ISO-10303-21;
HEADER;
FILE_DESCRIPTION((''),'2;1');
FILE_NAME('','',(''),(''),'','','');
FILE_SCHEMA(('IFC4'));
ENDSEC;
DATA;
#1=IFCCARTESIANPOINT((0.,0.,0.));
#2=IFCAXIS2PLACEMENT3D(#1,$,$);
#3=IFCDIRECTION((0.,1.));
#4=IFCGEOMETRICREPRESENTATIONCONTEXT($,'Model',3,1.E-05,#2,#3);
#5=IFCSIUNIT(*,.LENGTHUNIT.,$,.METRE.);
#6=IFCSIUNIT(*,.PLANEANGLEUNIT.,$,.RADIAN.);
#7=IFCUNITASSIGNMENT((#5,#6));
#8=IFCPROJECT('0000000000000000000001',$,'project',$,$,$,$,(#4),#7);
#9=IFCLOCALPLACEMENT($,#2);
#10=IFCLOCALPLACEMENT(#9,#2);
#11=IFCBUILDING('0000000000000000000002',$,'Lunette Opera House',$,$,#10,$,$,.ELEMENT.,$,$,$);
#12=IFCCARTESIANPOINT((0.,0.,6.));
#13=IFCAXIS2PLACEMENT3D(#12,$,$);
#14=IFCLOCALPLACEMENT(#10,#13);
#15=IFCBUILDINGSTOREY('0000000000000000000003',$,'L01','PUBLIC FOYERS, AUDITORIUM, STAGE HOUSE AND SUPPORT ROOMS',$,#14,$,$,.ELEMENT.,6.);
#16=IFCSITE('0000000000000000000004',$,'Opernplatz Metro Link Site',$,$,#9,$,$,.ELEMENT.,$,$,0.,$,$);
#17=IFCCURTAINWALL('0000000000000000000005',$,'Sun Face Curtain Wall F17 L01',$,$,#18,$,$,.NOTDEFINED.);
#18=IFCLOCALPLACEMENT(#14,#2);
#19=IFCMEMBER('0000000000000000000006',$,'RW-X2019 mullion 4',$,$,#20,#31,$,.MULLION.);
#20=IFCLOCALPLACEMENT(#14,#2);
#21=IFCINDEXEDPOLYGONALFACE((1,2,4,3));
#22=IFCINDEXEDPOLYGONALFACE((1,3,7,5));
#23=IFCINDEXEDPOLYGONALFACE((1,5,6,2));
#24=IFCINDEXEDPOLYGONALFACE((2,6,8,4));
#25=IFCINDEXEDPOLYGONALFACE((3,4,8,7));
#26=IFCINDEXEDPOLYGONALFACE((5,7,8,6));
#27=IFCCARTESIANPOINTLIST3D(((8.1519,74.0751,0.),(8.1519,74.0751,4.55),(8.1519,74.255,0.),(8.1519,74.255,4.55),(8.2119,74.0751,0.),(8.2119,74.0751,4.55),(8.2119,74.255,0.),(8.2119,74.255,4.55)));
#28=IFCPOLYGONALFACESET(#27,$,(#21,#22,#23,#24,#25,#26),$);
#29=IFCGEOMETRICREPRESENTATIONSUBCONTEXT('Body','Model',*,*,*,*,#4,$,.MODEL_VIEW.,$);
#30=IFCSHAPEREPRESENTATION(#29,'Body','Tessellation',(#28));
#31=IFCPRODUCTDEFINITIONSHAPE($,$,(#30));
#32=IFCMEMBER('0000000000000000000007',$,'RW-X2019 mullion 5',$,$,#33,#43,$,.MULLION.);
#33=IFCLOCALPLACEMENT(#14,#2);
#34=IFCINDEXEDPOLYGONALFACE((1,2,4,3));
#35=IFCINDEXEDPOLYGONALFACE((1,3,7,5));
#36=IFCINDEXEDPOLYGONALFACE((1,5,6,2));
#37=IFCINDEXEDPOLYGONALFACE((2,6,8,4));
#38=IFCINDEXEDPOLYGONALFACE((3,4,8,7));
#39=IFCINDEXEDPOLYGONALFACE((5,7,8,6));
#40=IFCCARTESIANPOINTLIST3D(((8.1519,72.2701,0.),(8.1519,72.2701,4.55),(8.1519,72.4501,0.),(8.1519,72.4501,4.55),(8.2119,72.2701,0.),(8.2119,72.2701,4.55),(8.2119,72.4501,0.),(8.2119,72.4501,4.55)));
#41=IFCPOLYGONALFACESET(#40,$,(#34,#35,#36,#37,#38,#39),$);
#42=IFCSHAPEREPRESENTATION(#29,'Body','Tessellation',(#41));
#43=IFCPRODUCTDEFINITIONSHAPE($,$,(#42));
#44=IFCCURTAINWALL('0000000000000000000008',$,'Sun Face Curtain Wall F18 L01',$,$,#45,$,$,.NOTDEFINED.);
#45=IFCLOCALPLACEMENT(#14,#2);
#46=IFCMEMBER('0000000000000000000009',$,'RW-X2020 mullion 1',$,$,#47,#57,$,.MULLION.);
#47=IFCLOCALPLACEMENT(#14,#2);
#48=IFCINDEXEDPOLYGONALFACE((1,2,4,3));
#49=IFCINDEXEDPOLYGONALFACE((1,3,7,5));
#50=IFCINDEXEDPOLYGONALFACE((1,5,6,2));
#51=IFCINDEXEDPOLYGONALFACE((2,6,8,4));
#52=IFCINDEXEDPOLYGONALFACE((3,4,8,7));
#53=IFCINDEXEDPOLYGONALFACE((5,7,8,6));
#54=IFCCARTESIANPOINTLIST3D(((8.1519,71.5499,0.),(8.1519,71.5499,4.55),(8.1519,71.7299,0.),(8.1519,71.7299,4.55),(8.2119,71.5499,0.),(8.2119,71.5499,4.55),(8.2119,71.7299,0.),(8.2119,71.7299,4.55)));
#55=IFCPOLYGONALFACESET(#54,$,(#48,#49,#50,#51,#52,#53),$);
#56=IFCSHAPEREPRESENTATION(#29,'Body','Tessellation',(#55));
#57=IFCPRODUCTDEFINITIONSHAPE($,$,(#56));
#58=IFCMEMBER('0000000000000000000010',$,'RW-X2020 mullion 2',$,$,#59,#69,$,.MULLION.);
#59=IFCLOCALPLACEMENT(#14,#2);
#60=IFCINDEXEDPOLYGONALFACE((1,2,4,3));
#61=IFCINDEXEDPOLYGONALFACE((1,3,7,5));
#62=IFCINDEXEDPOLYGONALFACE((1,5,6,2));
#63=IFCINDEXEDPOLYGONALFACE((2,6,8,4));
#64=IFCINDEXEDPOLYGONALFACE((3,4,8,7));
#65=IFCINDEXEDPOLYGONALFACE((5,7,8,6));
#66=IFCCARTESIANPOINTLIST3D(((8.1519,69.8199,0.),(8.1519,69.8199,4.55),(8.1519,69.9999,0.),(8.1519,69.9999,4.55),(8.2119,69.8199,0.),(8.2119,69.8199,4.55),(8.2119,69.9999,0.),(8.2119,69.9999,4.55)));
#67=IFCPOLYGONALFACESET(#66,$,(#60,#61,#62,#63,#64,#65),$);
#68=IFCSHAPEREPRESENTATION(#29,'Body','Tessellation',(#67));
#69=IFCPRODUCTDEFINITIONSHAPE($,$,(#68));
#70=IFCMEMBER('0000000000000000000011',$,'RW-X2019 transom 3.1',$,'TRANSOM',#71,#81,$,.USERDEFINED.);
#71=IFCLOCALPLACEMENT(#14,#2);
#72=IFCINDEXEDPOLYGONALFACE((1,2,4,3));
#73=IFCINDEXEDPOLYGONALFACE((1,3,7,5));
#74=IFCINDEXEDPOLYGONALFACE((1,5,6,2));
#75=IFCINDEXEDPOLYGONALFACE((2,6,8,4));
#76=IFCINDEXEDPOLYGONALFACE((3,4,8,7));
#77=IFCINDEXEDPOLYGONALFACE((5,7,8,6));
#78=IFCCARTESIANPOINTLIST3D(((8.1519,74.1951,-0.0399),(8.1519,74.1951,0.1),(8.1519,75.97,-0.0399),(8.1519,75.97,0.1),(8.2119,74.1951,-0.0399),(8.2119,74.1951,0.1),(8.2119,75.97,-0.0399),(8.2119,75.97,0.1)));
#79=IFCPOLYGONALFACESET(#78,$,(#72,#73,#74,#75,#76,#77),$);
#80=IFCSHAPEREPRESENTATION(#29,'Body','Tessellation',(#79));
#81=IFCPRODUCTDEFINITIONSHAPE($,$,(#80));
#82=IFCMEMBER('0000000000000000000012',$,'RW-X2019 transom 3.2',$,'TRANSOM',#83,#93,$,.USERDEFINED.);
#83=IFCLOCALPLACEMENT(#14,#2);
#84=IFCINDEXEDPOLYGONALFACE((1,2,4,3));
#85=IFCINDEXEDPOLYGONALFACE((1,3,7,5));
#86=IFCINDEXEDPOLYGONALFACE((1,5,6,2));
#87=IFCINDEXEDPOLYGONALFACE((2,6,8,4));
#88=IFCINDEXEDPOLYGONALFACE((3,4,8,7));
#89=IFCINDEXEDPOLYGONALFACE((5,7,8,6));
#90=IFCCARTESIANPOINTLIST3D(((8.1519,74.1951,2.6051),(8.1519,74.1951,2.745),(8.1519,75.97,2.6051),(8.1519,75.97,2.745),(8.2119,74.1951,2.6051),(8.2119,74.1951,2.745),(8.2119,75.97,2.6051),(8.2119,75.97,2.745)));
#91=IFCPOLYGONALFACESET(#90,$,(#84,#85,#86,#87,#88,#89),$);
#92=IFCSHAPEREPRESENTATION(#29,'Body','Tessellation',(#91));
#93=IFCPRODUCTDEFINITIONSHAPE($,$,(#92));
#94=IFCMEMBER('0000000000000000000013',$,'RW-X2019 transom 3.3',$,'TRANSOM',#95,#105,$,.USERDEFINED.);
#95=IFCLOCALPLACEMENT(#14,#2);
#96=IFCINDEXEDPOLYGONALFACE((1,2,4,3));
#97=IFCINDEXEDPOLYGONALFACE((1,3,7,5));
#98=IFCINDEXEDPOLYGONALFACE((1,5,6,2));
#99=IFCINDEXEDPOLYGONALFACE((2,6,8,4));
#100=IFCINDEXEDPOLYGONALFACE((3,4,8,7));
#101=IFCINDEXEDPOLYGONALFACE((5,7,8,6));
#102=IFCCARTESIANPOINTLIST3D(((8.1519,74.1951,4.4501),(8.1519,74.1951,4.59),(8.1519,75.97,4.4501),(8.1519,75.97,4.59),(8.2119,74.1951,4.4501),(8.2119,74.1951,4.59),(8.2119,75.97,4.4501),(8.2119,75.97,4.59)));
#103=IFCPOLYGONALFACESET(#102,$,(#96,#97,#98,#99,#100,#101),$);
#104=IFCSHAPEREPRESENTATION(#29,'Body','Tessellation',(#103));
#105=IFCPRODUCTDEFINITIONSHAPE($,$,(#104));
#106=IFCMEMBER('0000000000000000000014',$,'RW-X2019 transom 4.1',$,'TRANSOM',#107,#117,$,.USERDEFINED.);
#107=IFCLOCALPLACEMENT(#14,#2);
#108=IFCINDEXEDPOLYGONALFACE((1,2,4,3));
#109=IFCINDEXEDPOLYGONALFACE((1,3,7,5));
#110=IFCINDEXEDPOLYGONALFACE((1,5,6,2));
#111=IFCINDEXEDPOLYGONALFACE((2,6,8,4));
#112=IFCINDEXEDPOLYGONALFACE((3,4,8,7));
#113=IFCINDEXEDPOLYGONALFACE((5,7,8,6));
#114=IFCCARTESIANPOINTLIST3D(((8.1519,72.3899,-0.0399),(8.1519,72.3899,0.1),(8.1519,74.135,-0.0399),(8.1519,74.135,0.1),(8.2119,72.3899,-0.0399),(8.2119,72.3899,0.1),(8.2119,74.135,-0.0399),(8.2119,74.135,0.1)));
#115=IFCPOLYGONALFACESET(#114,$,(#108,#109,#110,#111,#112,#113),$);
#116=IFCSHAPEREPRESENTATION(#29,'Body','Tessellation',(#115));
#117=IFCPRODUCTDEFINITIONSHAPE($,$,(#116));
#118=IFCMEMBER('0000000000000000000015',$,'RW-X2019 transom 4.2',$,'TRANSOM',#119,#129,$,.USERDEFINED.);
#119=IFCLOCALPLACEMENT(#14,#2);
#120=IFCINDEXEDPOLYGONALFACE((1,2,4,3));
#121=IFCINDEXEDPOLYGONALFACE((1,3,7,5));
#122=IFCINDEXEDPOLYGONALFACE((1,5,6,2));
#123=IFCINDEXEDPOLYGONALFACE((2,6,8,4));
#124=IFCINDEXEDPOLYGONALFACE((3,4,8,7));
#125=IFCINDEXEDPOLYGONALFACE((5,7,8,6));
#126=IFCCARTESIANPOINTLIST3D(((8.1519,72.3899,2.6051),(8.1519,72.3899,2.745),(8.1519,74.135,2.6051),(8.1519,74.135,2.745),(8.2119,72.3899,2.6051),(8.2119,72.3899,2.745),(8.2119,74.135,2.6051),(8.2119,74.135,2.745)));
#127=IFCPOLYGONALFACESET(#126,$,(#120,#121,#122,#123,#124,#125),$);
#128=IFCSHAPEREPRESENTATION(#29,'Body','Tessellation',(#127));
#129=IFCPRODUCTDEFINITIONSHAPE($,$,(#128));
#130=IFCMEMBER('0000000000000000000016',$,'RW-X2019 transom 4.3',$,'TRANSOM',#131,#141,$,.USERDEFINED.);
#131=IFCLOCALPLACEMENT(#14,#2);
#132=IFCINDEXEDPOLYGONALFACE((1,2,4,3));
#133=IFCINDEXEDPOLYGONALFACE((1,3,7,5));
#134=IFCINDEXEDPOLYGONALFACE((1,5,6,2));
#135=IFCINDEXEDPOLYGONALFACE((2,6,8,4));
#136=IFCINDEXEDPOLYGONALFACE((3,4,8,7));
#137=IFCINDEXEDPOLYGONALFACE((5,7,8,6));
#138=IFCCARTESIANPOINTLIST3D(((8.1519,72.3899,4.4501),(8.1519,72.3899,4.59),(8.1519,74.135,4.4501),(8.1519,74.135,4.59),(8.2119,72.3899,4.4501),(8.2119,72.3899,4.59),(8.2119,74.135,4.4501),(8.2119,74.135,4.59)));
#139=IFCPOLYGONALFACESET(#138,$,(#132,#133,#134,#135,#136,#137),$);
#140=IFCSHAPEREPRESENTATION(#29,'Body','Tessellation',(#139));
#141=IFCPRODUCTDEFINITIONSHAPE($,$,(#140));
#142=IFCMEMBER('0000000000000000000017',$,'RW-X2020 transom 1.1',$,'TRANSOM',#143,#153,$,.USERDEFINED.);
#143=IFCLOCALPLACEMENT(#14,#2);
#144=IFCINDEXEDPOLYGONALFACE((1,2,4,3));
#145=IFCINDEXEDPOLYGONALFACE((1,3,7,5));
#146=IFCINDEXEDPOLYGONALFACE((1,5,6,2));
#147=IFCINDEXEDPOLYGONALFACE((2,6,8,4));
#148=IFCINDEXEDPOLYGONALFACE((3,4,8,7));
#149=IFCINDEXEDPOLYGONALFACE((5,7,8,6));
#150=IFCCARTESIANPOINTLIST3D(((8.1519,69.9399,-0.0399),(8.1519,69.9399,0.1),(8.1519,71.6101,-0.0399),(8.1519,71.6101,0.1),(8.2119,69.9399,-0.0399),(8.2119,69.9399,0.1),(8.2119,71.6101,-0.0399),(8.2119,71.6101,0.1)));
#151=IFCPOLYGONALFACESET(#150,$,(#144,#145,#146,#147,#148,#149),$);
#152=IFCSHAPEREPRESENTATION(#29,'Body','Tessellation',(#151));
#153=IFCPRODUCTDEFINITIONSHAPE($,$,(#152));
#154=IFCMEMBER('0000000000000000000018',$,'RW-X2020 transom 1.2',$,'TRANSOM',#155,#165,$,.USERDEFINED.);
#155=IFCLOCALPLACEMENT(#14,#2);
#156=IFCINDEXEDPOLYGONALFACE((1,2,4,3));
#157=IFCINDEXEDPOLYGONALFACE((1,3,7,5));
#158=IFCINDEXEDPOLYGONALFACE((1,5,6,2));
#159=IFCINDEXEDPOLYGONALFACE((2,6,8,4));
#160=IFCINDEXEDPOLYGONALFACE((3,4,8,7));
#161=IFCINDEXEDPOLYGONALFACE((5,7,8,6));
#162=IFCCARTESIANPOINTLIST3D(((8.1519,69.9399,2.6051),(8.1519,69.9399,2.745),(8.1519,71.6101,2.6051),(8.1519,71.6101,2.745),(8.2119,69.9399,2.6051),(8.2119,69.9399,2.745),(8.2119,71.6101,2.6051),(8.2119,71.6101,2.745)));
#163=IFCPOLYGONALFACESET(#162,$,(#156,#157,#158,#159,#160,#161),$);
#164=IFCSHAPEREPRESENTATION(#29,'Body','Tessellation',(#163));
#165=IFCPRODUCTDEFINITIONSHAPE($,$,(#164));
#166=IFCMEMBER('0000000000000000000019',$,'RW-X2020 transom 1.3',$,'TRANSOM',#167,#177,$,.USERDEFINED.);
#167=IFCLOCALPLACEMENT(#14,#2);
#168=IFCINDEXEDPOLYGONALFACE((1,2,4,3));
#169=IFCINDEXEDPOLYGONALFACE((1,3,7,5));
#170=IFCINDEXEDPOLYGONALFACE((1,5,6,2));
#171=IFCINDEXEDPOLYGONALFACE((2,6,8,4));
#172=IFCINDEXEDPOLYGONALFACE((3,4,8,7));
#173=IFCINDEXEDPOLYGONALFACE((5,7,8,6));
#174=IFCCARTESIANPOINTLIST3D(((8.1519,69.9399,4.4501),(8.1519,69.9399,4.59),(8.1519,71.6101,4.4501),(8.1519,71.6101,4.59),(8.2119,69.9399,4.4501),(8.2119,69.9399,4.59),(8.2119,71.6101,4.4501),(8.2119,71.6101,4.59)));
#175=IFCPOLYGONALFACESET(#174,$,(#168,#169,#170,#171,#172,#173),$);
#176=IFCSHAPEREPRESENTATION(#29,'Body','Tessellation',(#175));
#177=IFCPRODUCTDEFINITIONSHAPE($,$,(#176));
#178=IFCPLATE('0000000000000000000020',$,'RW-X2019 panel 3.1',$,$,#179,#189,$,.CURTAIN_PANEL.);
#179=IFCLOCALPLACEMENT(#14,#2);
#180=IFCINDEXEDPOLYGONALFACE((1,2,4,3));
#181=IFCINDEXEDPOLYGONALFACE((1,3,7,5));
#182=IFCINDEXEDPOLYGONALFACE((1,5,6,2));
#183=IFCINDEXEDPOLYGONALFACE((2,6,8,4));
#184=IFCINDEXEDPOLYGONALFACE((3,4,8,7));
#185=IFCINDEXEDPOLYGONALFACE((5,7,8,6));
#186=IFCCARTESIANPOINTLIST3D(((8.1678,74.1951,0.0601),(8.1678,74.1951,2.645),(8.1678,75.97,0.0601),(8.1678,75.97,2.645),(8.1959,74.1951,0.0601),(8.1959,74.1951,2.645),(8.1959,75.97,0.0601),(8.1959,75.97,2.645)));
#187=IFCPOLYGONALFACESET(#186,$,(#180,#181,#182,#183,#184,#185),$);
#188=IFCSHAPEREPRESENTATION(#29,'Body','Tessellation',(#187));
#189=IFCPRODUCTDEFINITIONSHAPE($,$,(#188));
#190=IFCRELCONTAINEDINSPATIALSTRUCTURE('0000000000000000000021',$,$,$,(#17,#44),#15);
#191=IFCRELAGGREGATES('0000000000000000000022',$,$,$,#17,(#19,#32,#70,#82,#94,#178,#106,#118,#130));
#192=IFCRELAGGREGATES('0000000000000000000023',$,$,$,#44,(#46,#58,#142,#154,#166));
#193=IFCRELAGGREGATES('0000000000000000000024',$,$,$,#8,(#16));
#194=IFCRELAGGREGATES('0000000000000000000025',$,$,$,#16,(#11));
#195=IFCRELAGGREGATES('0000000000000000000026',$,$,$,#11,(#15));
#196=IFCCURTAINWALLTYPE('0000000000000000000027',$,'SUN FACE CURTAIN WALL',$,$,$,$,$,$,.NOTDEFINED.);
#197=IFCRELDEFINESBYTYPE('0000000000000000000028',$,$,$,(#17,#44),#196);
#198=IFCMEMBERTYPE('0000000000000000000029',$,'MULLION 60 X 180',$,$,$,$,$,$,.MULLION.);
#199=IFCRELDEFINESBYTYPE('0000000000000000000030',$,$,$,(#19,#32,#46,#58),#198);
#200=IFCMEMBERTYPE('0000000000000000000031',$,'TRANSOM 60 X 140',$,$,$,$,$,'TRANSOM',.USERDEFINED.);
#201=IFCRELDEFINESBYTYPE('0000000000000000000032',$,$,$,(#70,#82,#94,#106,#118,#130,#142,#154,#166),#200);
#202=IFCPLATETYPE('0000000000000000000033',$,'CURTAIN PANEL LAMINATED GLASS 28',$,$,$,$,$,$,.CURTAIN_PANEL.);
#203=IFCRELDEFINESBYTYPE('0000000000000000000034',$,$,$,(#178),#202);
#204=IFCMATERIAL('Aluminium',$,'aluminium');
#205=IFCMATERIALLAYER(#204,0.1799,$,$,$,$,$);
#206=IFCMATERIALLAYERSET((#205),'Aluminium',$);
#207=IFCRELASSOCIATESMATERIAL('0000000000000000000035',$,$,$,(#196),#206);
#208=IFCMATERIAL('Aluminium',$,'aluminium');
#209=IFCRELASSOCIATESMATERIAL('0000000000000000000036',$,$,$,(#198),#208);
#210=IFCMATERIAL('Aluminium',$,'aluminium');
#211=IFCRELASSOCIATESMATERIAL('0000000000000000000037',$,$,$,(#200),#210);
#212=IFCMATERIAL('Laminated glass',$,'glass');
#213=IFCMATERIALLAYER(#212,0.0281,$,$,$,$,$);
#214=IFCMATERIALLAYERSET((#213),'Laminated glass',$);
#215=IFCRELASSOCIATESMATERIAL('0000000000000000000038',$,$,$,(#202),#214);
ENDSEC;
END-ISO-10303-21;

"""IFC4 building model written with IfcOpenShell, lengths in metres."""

from ifc_helpers import new_model, si_unit, direction, frame, origin, origin_2d, place, context, subcontext, project, spatial, rectangle, extrude, material, layer, layer_set, material_profile, profile_set, type_object, element, aggregate, save


model = new_model("IFC4")

# Units and contexts
model_context = context("Model", 3, precision=1e-05, world=origin(), true_north=direction((0.0, 1.0)))
body_context = subcontext(model_context, "Body", "Model", "MODEL_VIEW")
ifc_project = project(units=[si_unit("LENGTHUNIT", "METRE"), si_unit("PLANEANGLEUNIT", "RADIAN")], contexts=[model_context])

# Site, building, storey
site_placement = place(None, origin())
site = spatial("IfcSite", under=ifc_project, at=site_placement, Name="Opernplatz Metro Link Site", CompositionType="ELEMENT", RefElevation=0.0)
building_placement = place(site_placement, origin())
building = spatial("IfcBuilding", under=site, at=building_placement, Name="Lunette Opera House", CompositionType="ELEMENT")
storey_placement = place(building_placement, frame((0.0, 0.0, 6.0)))
storey = spatial("IfcBuildingStorey", under=building, at=storey_placement, Name="L01", Description="PUBLIC FOYERS, AUDITORIUM, STAGE HOUSE AND SUPPORT ROOMS", CompositionType="ELEMENT", Elevation=6.0)

# Curtain walls, members
ifc_material_1 = material(Name="Aluminium", Category="aluminium")
ifc_layer_1 = layer(ifc_material_1, 0.1799)
ifc_layer_set_1 = layer_set([ifc_layer_1], Name="Aluminium")
curtain_wall_type = type_object("IfcCurtainWallType", Name="SUN FACE CURTAIN WALL", PredefinedType="NOTDEFINED", material=ifc_layer_set_1)
curtain_wall_1_placement = place(storey_placement, origin())
curtain_wall_1 = element("IfcCurtainWall", 1, at=curtain_wall_1_placement, inside=storey, type_object=curtain_wall_type, Name="Sun Face Curtain Wall F17 L01", PredefinedType="NOTDEFINED")
ifc_material_2 = material(Name="Aluminium", Category="aluminium")
ifc_material_profile_1 = material_profile(ifc_material_2, rectangle(XDim=0.0601, YDim=0.1799, at=origin_2d()), Name="MULLION 60 X 180")
ifc_profile_set_1 = profile_set([ifc_material_profile_1], Name="Aluminium")
member_type_1 = type_object("IfcMemberType", Name="MULLION 60 X 180", PredefinedType="MULLION", material=ifc_profile_set_1)
member_1_placement = place(storey_placement, frame((8.1819, 74.165, 0.0), z_axis=(0.0, 0.0, 1.0), x_axis=(1.0, 0.0, 0.0)))
member_1 = element("IfcMember", 2, at=member_1_placement, type_object=member_type_1, Name="RW-X2019 mullion 4", PredefinedType="MULLION", context=body_context, shape_type="SweptSolid", body=[
    extrude(rectangle(XDim=0.0601, YDim=0.1799, at=origin_2d()), origin(), (0.0, 0.0, 1.0), 4.55),
])
member_2_placement = place(storey_placement, frame((8.1819, 72.3601, 0.0), z_axis=(0.0, 0.0, 1.0), x_axis=(1.0, 0.0, 0.0)))
member_2 = element("IfcMember", 3, at=member_2_placement, type_object=member_type_1, Name="RW-X2019 mullion 5", PredefinedType="MULLION", context=body_context, shape_type="SweptSolid", body=[
    extrude(rectangle(XDim=0.0601, YDim=0.1799, at=origin_2d()), origin(), (0.0, 0.0, 1.0), 4.55),
])
curtain_wall_2_placement = place(storey_placement, origin())
curtain_wall_2 = element("IfcCurtainWall", 4, at=curtain_wall_2_placement, inside=storey, type_object=curtain_wall_type, Name="Sun Face Curtain Wall F18 L01", PredefinedType="NOTDEFINED")
member_3_placement = place(storey_placement, frame((8.1819, 71.6399, 0.0), z_axis=(0.0, 0.0, 1.0), x_axis=(1.0, 0.0, 0.0)))
member_3 = element("IfcMember", 5, at=member_3_placement, type_object=member_type_1, Name="RW-X2020 mullion 1", PredefinedType="MULLION", context=body_context, shape_type="SweptSolid", body=[
    extrude(rectangle(XDim=0.0601, YDim=0.1799, at=origin_2d()), origin(), (0.0, 0.0, 1.0), 4.55),
])
member_4_placement = place(storey_placement, frame((8.1819, 69.9099, 0.0), z_axis=(0.0, 0.0, 1.0), x_axis=(1.0, 0.0, 0.0)))
member_4 = element("IfcMember", 6, at=member_4_placement, type_object=member_type_1, Name="RW-X2020 mullion 2", PredefinedType="MULLION", context=body_context, shape_type="SweptSolid", body=[
    extrude(rectangle(XDim=0.0601, YDim=0.1799, at=origin_2d()), origin(), (0.0, 0.0, 1.0), 4.55),
])

# Members
ifc_material_3 = material(Name="Aluminium", Category="aluminium")
ifc_material_profile_2 = material_profile(ifc_material_3, rectangle(XDim=0.0601, YDim=0.1399, at=origin_2d()), Name="TRANSOM 60 X 140")
ifc_profile_set_2 = profile_set([ifc_material_profile_2], Name="Aluminium")
member_type_2 = type_object("IfcMemberType", Name="TRANSOM 60 X 140", ElementType="TRANSOM", PredefinedType="USERDEFINED", material=ifc_profile_set_2)
member_5_placement = place(storey_placement, frame((8.1819, 75.97, 0.03), z_axis=(0.0, -1.0, 0.0), x_axis=(1.0, 0.0, 0.0)))
member_5 = element("IfcMember", 7, at=member_5_placement, type_object=member_type_2, Name="RW-X2019 transom 3.1", ObjectType="TRANSOM", PredefinedType="USERDEFINED", context=body_context, shape_type="SweptSolid", body=[
    extrude(rectangle(XDim=0.0601, YDim=0.1399, at=origin_2d()), origin(), (0.0, 0.0, 1.0), 1.7749),
])
member_6_placement = place(storey_placement, frame((8.1819, 75.97, 2.675), z_axis=(0.0, -1.0, 0.0), x_axis=(1.0, 0.0, 0.0)))
member_6 = element("IfcMember", 8, at=member_6_placement, type_object=member_type_2, Name="RW-X2019 transom 3.2", ObjectType="TRANSOM", PredefinedType="USERDEFINED", context=body_context, shape_type="SweptSolid", body=[
    extrude(rectangle(XDim=0.0601, YDim=0.1399, at=origin_2d()), origin(), (0.0, 0.0, 1.0), 1.7749),
])
member_7_placement = place(storey_placement, frame((8.1819, 75.97, 4.52), z_axis=(0.0, -1.0, 0.0), x_axis=(1.0, 0.0, 0.0)))
member_7 = element("IfcMember", 9, at=member_7_placement, type_object=member_type_2, Name="RW-X2019 transom 3.3", ObjectType="TRANSOM", PredefinedType="USERDEFINED", context=body_context, shape_type="SweptSolid", body=[
    extrude(rectangle(XDim=0.0601, YDim=0.1399, at=origin_2d()), origin(), (0.0, 0.0, 1.0), 1.7749),
])
member_8_placement = place(storey_placement, frame((8.1819, 74.135, 0.03), z_axis=(0.0, -1.0, 0.0), x_axis=(1.0, 0.0, 0.0)))
member_8 = element("IfcMember", 10, at=member_8_placement, type_object=member_type_2, Name="RW-X2019 transom 4.1", ObjectType="TRANSOM", PredefinedType="USERDEFINED", context=body_context, shape_type="SweptSolid", body=[
    extrude(rectangle(XDim=0.0601, YDim=0.1399, at=origin_2d()), origin(), (0.0, 0.0, 1.0), 1.7451),
])
member_9_placement = place(storey_placement, frame((8.1819, 74.135, 2.675), z_axis=(0.0, -1.0, 0.0), x_axis=(1.0, 0.0, 0.0)))
member_9 = element("IfcMember", 11, at=member_9_placement, type_object=member_type_2, Name="RW-X2019 transom 4.2", ObjectType="TRANSOM", PredefinedType="USERDEFINED", context=body_context, shape_type="SweptSolid", body=[
    extrude(rectangle(XDim=0.0601, YDim=0.1399, at=origin_2d()), origin(), (0.0, 0.0, 1.0), 1.7451),
])
member_10_placement = place(storey_placement, frame((8.1819, 74.135, 4.52), z_axis=(0.0, -1.0, 0.0), x_axis=(1.0, 0.0, 0.0)))
member_10 = element("IfcMember", 12, at=member_10_placement, type_object=member_type_2, Name="RW-X2019 transom 4.3", ObjectType="TRANSOM", PredefinedType="USERDEFINED", context=body_context, shape_type="SweptSolid", body=[
    extrude(rectangle(XDim=0.0601, YDim=0.1399, at=origin_2d()), origin(), (0.0, 0.0, 1.0), 1.7451),
])
member_11_placement = place(storey_placement, frame((8.1819, 71.6101, 0.03), z_axis=(0.0, -1.0, 0.0), x_axis=(1.0, 0.0, 0.0)))
member_11 = element("IfcMember", 13, at=member_11_placement, type_object=member_type_2, Name="RW-X2020 transom 1.1", ObjectType="TRANSOM", PredefinedType="USERDEFINED", context=body_context, shape_type="SweptSolid", body=[
    extrude(rectangle(XDim=0.0601, YDim=0.1399, at=origin_2d()), origin(), (0.0, 0.0, 1.0), 1.6702),
])
member_12_placement = place(storey_placement, frame((8.1819, 71.6101, 2.675), z_axis=(0.0, -1.0, 0.0), x_axis=(1.0, 0.0, 0.0)))
member_12 = element("IfcMember", 14, at=member_12_placement, type_object=member_type_2, Name="RW-X2020 transom 1.2", ObjectType="TRANSOM", PredefinedType="USERDEFINED", context=body_context, shape_type="SweptSolid", body=[
    extrude(rectangle(XDim=0.0601, YDim=0.1399, at=origin_2d()), origin(), (0.0, 0.0, 1.0), 1.6702),
])
member_13_placement = place(storey_placement, frame((8.1819, 71.6101, 4.52), z_axis=(0.0, -1.0, 0.0), x_axis=(1.0, 0.0, 0.0)))
member_13 = element("IfcMember", 15, at=member_13_placement, type_object=member_type_2, Name="RW-X2020 transom 1.3", ObjectType="TRANSOM", PredefinedType="USERDEFINED", context=body_context, shape_type="SweptSolid", body=[
    extrude(rectangle(XDim=0.0601, YDim=0.1399, at=origin_2d()), origin(), (0.0, 0.0, 1.0), 1.6702),
])

# Plate
ifc_material_4 = material(Name="Laminated glass", Category="glass")
ifc_layer_2 = layer(ifc_material_4, 0.0281)
ifc_layer_set_2 = layer_set([ifc_layer_2], Name="Laminated glass")
plate_type = type_object("IfcPlateType", Name="CURTAIN PANEL LAMINATED GLASS 28", PredefinedType="CURTAIN_PANEL", material=ifc_layer_set_2)
plate_1_placement = place(storey_placement, frame((8.1819, 75.0825, 0.0601), z_axis=(0.0, 0.0, 1.0), x_axis=(0.0, -1.0, 0.0)))
plate_1 = element("IfcPlate", 16, at=plate_1_placement, type_object=plate_type, Name="RW-X2019 panel 3.1", PredefinedType="CURTAIN_PANEL", context=body_context, shape_type="SweptSolid", body=[
    extrude(rectangle(XDim=1.7749, YDim=0.0281, at=origin_2d()), origin(), (0.0, 0.0, 1.0), 2.585),
])
aggregate(curtain_wall_1, [member_1, member_2, member_5, member_6, member_7, plate_1, member_8, member_9, member_10])
aggregate(curtain_wall_2, [member_3, member_4, member_11, member_12, member_13])

save(model, "model.ifc")
